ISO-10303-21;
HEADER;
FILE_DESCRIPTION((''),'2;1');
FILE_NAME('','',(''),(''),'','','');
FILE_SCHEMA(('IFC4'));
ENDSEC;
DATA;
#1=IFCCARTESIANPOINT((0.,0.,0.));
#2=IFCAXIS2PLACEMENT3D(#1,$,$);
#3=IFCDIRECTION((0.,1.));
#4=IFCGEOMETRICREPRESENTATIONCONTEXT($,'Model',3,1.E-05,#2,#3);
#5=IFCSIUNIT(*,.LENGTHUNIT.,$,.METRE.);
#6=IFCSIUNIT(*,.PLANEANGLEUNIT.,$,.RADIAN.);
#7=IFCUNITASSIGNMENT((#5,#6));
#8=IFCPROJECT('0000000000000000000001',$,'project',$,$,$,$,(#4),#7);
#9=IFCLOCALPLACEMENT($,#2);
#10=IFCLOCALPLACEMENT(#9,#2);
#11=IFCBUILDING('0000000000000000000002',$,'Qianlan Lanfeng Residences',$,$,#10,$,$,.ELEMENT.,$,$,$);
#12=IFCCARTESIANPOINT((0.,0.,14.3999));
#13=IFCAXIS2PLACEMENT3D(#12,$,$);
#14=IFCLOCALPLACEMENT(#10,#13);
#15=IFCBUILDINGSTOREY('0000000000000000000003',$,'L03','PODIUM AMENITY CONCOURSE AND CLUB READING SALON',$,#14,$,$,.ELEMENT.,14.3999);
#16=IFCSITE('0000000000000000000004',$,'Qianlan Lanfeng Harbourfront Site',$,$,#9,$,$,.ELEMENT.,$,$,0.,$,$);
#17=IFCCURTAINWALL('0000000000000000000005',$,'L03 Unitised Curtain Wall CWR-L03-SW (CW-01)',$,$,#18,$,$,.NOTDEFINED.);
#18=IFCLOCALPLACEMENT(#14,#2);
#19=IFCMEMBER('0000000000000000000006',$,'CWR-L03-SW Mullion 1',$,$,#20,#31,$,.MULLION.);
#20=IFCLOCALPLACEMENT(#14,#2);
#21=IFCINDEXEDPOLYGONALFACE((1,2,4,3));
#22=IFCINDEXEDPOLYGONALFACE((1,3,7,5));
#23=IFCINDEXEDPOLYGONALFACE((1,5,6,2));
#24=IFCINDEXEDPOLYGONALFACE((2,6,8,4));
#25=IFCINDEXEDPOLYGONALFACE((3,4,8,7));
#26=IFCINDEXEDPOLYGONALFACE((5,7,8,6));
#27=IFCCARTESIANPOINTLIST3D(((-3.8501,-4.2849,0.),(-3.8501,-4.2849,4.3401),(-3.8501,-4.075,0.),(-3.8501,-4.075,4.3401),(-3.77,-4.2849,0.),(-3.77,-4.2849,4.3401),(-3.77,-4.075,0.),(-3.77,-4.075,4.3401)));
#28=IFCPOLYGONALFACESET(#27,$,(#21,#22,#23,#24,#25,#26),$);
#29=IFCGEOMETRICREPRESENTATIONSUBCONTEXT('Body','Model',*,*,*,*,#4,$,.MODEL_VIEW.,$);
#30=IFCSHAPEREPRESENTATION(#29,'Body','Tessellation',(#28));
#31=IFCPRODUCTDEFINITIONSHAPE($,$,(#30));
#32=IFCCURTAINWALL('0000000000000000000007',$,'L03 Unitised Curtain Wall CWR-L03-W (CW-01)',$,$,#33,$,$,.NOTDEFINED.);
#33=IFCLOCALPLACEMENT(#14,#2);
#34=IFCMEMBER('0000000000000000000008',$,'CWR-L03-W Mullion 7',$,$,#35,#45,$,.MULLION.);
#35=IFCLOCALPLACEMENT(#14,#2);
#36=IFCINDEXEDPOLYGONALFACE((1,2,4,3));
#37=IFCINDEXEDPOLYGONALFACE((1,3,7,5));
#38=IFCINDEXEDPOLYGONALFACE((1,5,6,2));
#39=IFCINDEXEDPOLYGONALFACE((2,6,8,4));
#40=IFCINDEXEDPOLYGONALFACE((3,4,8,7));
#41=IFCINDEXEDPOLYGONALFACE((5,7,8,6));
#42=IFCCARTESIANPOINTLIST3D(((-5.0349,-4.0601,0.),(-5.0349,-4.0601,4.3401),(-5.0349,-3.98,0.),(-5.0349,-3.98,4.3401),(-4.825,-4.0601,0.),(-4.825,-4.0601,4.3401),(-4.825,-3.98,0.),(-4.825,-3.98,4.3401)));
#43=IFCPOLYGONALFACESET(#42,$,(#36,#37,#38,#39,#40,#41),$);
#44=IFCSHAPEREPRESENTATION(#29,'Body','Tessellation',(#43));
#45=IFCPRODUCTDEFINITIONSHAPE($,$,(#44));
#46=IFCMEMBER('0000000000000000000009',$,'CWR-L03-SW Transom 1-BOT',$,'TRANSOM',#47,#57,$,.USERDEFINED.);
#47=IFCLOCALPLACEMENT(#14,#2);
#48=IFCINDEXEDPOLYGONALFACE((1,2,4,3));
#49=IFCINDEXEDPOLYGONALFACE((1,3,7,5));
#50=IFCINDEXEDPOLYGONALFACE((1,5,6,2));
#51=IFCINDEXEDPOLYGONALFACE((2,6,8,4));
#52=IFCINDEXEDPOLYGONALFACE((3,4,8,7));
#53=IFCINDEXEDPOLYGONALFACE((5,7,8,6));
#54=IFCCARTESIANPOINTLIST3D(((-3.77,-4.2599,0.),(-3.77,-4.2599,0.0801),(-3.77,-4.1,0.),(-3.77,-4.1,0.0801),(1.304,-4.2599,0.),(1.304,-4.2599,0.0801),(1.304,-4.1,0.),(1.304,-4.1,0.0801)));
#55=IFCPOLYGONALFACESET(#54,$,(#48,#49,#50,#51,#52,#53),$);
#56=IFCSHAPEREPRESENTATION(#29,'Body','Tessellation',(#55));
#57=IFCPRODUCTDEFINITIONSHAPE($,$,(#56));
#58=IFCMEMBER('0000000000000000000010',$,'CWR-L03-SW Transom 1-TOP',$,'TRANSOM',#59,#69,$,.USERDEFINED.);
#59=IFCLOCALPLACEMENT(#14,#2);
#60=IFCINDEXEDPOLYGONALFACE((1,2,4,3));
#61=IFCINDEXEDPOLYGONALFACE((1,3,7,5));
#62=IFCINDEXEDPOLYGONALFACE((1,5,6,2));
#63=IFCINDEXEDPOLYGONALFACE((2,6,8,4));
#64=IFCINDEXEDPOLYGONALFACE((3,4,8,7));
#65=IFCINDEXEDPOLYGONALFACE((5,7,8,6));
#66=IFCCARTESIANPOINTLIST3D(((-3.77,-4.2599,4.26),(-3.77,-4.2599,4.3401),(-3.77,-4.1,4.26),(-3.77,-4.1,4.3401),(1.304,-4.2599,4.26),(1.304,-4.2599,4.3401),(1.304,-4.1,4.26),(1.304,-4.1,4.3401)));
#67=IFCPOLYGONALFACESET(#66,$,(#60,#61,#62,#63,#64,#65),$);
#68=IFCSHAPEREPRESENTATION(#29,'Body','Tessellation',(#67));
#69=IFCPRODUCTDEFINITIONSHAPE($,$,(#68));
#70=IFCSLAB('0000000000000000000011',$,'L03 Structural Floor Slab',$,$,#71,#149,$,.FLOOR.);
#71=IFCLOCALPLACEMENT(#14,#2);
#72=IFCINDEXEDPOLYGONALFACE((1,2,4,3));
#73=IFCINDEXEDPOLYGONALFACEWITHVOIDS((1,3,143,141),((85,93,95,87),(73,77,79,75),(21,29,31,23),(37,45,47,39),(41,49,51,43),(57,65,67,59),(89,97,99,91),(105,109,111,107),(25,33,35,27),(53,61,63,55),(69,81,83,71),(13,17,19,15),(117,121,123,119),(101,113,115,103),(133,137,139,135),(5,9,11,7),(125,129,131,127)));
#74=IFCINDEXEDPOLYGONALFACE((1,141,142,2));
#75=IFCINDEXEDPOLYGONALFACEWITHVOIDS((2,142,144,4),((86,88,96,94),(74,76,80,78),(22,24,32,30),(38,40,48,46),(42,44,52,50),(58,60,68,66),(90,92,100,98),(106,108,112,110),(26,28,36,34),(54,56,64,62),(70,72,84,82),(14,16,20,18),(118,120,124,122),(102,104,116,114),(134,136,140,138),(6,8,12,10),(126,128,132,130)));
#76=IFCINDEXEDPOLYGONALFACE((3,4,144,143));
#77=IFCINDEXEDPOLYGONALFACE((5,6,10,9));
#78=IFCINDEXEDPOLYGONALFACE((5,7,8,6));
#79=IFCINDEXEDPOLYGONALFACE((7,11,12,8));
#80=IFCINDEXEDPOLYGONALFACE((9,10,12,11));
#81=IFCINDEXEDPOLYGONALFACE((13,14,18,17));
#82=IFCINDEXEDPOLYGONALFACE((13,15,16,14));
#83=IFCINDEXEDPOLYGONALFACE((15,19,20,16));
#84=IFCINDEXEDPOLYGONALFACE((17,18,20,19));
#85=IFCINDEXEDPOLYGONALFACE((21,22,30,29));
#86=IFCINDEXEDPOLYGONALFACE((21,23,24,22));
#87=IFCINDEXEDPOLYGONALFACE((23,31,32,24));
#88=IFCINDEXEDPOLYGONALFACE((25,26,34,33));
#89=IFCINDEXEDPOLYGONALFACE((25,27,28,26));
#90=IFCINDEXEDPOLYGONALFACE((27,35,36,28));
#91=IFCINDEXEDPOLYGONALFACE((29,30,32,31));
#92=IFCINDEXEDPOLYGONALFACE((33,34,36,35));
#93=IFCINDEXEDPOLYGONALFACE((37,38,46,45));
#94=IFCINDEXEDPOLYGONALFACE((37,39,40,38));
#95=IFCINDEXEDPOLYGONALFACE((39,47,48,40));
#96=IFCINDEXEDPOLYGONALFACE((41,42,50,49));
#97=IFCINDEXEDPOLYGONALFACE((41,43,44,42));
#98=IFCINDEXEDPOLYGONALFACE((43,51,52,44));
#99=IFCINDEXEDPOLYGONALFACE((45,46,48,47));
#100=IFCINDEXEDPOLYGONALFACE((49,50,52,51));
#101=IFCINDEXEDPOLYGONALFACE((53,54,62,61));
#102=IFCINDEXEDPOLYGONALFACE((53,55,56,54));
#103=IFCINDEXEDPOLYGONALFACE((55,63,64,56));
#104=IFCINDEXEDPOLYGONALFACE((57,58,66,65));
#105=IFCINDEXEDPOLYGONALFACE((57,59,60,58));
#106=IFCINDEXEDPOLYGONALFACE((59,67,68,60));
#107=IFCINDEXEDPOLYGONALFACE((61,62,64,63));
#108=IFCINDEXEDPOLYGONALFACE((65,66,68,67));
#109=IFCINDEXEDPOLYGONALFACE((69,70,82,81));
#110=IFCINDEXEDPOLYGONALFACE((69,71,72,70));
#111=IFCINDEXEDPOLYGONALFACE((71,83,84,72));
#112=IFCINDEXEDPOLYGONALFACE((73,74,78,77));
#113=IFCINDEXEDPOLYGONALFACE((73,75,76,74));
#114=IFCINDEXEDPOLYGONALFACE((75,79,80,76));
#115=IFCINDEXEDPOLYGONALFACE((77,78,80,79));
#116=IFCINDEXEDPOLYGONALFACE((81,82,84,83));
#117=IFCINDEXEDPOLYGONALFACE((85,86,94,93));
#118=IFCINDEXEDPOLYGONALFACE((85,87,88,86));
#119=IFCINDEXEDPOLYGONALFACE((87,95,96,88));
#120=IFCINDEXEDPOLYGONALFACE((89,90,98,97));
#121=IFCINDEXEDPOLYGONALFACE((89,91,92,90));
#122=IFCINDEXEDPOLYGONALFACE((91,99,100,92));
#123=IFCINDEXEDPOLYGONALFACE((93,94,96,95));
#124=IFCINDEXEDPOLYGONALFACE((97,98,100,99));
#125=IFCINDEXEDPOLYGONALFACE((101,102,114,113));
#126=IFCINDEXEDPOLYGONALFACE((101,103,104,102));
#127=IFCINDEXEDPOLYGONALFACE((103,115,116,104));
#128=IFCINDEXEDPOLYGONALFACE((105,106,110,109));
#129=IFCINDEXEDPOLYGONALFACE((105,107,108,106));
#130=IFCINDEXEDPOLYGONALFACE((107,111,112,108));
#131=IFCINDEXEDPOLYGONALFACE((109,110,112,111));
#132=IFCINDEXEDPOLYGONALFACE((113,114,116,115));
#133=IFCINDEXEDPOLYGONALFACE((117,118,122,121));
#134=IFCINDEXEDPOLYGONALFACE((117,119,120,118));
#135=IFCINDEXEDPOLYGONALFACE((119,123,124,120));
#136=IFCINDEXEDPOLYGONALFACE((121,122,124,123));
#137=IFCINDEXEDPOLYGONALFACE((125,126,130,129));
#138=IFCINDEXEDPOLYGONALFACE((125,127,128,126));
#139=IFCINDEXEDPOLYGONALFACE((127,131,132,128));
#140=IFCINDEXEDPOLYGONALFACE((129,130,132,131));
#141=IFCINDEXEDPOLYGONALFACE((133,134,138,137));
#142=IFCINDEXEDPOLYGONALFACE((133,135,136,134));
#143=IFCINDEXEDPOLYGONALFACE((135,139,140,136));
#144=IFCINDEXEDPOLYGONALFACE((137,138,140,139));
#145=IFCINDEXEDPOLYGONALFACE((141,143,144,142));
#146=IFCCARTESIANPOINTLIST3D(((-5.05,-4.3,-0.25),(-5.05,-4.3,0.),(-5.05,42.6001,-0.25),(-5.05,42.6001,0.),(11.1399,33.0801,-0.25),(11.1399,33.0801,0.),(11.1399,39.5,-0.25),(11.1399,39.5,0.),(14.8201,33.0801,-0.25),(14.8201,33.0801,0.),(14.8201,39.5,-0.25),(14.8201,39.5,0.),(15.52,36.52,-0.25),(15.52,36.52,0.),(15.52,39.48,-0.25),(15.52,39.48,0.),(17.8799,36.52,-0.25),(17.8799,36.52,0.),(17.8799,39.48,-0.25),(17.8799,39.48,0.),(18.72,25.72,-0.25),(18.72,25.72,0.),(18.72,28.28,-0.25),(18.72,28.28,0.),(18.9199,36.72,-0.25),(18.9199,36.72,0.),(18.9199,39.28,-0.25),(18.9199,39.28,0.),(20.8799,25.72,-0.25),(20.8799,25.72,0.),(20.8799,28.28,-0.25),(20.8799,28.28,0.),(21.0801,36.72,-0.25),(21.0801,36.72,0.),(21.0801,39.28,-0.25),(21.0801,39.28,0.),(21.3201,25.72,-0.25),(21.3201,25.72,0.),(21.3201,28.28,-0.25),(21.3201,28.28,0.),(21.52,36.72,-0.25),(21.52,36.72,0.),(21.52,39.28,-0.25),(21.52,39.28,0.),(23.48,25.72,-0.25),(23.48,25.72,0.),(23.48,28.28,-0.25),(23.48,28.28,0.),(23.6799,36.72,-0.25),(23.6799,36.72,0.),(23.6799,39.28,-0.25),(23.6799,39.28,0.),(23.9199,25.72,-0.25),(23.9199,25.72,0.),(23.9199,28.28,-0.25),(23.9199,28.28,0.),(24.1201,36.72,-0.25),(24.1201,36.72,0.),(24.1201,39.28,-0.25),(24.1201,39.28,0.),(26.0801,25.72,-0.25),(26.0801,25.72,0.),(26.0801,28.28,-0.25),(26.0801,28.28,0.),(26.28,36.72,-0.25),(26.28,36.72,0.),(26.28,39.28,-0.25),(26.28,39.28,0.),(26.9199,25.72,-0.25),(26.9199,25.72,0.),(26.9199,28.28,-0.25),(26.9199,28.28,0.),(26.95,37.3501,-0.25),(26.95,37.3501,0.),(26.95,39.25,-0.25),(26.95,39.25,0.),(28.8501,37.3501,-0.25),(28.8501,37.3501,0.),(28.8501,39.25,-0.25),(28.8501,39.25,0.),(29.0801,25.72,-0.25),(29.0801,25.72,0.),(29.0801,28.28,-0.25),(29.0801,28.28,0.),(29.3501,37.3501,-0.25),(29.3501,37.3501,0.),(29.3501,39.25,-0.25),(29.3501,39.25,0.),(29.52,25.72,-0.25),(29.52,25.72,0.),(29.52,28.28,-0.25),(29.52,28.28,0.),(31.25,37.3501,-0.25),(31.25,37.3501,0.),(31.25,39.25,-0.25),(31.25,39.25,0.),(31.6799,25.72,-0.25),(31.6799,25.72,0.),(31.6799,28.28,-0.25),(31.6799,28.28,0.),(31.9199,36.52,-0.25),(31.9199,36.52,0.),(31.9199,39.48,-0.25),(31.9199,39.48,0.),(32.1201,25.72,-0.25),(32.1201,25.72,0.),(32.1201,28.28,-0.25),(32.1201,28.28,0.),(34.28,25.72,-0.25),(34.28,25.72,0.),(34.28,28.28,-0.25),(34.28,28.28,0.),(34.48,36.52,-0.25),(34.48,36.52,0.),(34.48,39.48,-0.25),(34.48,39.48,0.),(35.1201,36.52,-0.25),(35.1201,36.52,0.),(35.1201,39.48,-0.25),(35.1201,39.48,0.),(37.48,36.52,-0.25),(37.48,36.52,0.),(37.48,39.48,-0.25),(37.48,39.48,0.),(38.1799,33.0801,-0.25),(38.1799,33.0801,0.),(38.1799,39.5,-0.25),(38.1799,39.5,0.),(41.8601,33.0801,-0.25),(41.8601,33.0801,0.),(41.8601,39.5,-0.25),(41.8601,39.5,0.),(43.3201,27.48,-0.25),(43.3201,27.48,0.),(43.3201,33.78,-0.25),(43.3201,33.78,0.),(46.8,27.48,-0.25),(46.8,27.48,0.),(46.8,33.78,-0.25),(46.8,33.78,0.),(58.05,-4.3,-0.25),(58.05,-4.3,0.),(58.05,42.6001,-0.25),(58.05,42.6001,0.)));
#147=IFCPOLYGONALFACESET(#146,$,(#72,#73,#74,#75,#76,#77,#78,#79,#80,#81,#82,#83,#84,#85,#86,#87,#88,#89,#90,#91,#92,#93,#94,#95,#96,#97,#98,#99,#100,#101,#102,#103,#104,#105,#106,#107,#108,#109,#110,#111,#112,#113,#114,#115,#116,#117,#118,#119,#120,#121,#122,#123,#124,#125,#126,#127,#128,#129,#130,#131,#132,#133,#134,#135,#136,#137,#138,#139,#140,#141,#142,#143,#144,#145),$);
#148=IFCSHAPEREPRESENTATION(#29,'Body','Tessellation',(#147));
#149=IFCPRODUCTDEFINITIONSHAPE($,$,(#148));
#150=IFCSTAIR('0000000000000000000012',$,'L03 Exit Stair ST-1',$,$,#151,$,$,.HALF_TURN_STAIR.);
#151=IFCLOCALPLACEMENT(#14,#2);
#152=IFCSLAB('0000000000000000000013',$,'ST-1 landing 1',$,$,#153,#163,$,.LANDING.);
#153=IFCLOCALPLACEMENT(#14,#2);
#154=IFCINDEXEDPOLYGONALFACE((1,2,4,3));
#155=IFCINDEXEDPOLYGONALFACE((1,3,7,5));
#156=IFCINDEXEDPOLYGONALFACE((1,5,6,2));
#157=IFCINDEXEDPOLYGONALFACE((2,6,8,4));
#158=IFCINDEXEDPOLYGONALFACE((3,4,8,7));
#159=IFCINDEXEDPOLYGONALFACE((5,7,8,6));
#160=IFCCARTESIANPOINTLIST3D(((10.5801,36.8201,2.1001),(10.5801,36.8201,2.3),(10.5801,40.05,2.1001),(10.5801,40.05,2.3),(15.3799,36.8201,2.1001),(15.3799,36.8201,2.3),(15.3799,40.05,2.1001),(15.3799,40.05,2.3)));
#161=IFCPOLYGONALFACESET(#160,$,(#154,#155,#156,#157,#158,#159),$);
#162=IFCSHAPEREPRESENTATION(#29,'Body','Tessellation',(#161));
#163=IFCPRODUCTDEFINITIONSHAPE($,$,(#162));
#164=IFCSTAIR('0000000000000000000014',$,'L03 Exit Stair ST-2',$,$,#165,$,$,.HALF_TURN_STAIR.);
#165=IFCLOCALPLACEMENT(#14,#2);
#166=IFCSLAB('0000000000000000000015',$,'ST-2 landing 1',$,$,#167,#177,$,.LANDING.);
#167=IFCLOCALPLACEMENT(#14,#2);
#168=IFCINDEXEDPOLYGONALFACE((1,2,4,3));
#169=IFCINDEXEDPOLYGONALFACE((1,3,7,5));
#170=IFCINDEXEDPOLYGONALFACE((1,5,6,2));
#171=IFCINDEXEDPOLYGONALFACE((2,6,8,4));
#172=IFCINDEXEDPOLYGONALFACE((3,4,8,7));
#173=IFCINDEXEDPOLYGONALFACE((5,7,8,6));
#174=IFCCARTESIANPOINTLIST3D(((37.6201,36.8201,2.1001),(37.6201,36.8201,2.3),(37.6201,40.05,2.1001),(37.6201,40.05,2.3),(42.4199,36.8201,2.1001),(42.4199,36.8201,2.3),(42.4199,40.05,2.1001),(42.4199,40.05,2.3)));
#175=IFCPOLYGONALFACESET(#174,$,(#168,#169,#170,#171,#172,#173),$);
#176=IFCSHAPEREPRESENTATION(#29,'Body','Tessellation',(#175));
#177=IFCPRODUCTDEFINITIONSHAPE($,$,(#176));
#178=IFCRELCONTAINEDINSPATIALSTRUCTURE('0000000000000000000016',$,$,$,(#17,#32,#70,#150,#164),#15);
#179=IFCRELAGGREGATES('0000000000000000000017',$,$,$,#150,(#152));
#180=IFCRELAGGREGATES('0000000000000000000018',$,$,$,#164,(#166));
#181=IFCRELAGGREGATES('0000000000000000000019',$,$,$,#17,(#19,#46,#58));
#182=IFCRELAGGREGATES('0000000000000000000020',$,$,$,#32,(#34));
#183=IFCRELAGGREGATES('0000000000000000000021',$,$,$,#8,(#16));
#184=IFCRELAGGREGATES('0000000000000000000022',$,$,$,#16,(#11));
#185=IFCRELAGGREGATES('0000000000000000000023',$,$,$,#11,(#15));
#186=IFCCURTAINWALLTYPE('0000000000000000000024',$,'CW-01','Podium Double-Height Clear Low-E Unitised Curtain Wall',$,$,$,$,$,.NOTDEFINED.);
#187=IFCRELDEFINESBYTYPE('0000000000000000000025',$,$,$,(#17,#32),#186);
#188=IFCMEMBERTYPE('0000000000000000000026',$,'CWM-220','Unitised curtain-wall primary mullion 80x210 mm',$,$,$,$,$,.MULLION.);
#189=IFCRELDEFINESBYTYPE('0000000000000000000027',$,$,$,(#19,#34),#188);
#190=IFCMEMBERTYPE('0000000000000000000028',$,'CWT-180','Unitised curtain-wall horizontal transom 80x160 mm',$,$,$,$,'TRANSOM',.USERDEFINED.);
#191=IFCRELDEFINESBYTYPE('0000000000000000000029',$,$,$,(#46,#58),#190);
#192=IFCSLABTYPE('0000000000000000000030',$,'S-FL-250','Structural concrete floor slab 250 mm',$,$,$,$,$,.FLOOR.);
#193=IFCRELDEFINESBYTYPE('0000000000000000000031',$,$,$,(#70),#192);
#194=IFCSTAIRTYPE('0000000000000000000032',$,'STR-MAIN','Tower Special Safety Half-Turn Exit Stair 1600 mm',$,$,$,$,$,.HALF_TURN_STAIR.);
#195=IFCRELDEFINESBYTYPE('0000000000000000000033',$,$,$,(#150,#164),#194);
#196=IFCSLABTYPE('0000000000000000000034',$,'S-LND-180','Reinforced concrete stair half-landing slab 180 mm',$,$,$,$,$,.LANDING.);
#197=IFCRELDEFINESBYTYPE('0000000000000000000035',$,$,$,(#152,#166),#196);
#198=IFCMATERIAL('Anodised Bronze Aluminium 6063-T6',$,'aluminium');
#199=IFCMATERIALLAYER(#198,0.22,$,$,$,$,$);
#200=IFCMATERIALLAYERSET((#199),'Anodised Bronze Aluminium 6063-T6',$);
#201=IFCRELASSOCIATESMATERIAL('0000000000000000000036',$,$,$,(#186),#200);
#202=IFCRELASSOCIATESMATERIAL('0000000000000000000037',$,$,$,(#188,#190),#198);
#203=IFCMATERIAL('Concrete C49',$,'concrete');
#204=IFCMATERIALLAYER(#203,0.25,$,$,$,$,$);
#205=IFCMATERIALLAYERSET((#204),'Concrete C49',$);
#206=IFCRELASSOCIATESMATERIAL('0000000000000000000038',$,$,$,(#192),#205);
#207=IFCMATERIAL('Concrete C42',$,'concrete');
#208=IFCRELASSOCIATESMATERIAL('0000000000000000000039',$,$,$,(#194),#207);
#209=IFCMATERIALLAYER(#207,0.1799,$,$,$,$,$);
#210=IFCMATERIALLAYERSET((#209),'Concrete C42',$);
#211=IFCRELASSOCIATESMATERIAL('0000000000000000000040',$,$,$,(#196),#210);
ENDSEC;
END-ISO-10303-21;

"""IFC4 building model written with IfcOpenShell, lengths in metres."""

from ifc_helpers import new_model, si_unit, direction, frame, origin, origin_2d, place, context, subcontext, project, spatial, polyline, rectangle, outline, extrude, source, transform, mapped, material, layer, layer_set, material_profile, profile_set, type_object, element, aggregate, save


model = new_model("IFC4")

# Units and contexts
model_context = context("Model", 3, precision=1e-05, world=origin(), true_north=direction((0.0, 1.0)))
body_context = subcontext(model_context, "Body", "Model", "MODEL_VIEW")
ifc_project = project(units=[si_unit("LENGTHUNIT", "METRE"), si_unit("PLANEANGLEUNIT", "RADIAN")], contexts=[model_context])

# Site, building, storey
site_placement = place(None, origin())
site = spatial("IfcSite", under=ifc_project, at=site_placement, Name="Qianlan Lanfeng Harbourfront Site", CompositionType="ELEMENT", RefElevation=0.0)
building_placement = place(site_placement, origin())
building = spatial("IfcBuilding", under=site, at=building_placement, Name="Qianlan Lanfeng Residences", CompositionType="ELEMENT")
storey_placement = place(building_placement, frame((0.0, 0.0, 14.3999)))
storey = spatial("IfcBuildingStorey", under=building, at=storey_placement, Name="L03", Description="PODIUM AMENITY CONCOURSE AND CLUB READING SALON", CompositionType="ELEMENT", Elevation=14.3999)

# Curtain walls, members
ifc_material_1 = material(Name="Anodised Bronze Aluminium 6063-T6", Category="aluminium")
ifc_layer_1 = layer(ifc_material_1, 0.22)
ifc_layer_set_1 = layer_set([ifc_layer_1], Name="Anodised Bronze Aluminium 6063-T6")
curtain_wall_type = type_object("IfcCurtainWallType", Name="CW-01", Description="Podium Double-Height Clear Low-E Unitised Curtain Wall", PredefinedType="NOTDEFINED", material=ifc_layer_set_1)
curtain_wall_1_placement = place(storey_placement, origin())
curtain_wall_1 = element("IfcCurtainWall", 1, at=curtain_wall_1_placement, inside=storey, type_object=curtain_wall_type, Name="L03 Unitised Curtain Wall CWR-L03-SW (CW-01)", PredefinedType="NOTDEFINED")
ifc_material_profile_1 = material_profile(ifc_material_1, rectangle(XDim=0.0801, YDim=0.21, at=origin_2d()), Name="ALU MULLION 80x210")
ifc_profile_set_1 = profile_set([ifc_material_profile_1], Name="Anodised Bronze Aluminium 6063-T6")
member_type_1 = type_object("IfcMemberType", Name="CWM-220", Description="Unitised curtain-wall primary mullion 80x210 mm", PredefinedType="MULLION", material=ifc_profile_set_1)
shared_shape_1 = source(origin(), body_context, "Body", "SweptSolid", [
    extrude(rectangle(XDim=0.0801, YDim=0.21, at=origin_2d()), origin(), (0.0, 0.0, 1.0), 4.3401),
])
member_1_placement = place(storey_placement, frame((-3.8101, -4.1799, 0.0), z_axis=(0.0, 0.0, 1.0), x_axis=(1.0, 0.0, 0.0)))
member_1 = element("IfcMember", 2, at=member_1_placement, type_object=member_type_1, Name="CWR-L03-SW Mullion 1", PredefinedType="MULLION", context=body_context, shape_type="MappedRepresentation", body=[
    mapped(shared_shape_1, transform((0.0, 0.0, 0.0), scale=1.0)),
])
curtain_wall_2_placement = place(storey_placement, origin())
curtain_wall_2 = element("IfcCurtainWall", 3, at=curtain_wall_2_placement, inside=storey, type_object=curtain_wall_type, Name="L03 Unitised Curtain Wall CWR-L03-W (CW-01)", PredefinedType="NOTDEFINED")
member_2_placement = place(storey_placement, frame((-4.9299, -4.02, 0.0), z_axis=(0.0, 0.0, 1.0), x_axis=(0.0, -1.0, 0.0)))
member_2 = element("IfcMember", 4, at=member_2_placement, type_object=member_type_1, Name="CWR-L03-W Mullion 7", PredefinedType="MULLION", context=body_context, shape_type="MappedRepresentation", body=[
    mapped(shared_shape_1, transform((0.0, 0.0, 0.0), scale=1.0)),
])

# Members
ifc_material_profile_2 = material_profile(ifc_material_1, rectangle(XDim=0.0801, YDim=0.1599, at=origin_2d()), Name="ALU TRANSOM 80x160")
ifc_profile_set_2 = profile_set([ifc_material_profile_2], Name="Anodised Bronze Aluminium 6063-T6")
member_type_2 = type_object("IfcMemberType", Name="CWT-180", Description="Unitised curtain-wall horizontal transom 80x160 mm", ElementType="TRANSOM", PredefinedType="USERDEFINED", material=ifc_profile_set_2)
shared_shape_2 = source(origin(), body_context, "Body", "SweptSolid", [
    extrude(rectangle(XDim=0.0801, YDim=0.1599, at=origin_2d()), origin(), (0.0, 0.0, 1.0), 5.074),
])
member_3_placement = place(storey_placement, frame((-3.77, -4.1799, 0.04), z_axis=(1.0, 0.0, 0.0), x_axis=(0.0, 0.0, 1.0)))
member_3 = element("IfcMember", 5, at=member_3_placement, type_object=member_type_2, Name="CWR-L03-SW Transom 1-BOT", ObjectType="TRANSOM", PredefinedType="USERDEFINED", context=body_context, shape_type="MappedRepresentation", body=[
    mapped(shared_shape_2, transform((0.0, 0.0, 0.0), scale=1.0)),
])
member_4_placement = place(storey_placement, frame((-3.77, -4.1799, 4.3), z_axis=(1.0, 0.0, 0.0), x_axis=(0.0, 0.0, 1.0)))
member_4 = element("IfcMember", 6, at=member_4_placement, type_object=member_type_2, Name="CWR-L03-SW Transom 1-TOP", ObjectType="TRANSOM", PredefinedType="USERDEFINED", context=body_context, shape_type="MappedRepresentation", body=[
    mapped(shared_shape_2, transform((0.0, 0.0, 0.0), scale=1.0)),
])

# Slab
ifc_material_2 = material(Name="Concrete C49", Category="concrete")
ifc_layer_2 = layer(ifc_material_2, 0.25)
ifc_layer_set_2 = layer_set([ifc_layer_2], Name="Concrete C49")
slab_type_1 = type_object("IfcSlabType", Name="S-FL-250", Description="Structural concrete floor slab 250 mm", PredefinedType="FLOOR", material=ifc_layer_set_2)
slab_1_placement = place(storey_placement, frame((0.0, 0.0, -0.25)))
element("IfcSlab", 7, at=slab_1_placement, inside=storey, type_object=slab_type_1, Name="L03 Structural Floor Slab", PredefinedType="FLOOR", context=body_context, shape_type="SweptSolid", body=[
    extrude(outline(polyline([(-5.05, -4.3), (58.05, -4.3), (58.05, 42.6001), (-5.05, 42.6001), (-5.05, -4.3)]), holes=[polyline([(11.1399, 33.0801), (11.1399, 39.5), (14.8201, 39.5), (14.8201, 33.0801), (11.1399, 33.0801)]), polyline([(38.1799, 33.0801), (38.1799, 39.5), (41.8601, 39.5), (41.8601, 33.0801), (38.1799, 33.0801)]), polyline([(43.3201, 27.48), (43.3201, 33.78), (46.8, 33.78), (46.8, 27.48), (43.3201, 27.48)]), polyline([(15.52, 36.52), (15.52, 39.48), (17.8799, 39.48), (17.8799, 36.52), (15.52, 36.52)]), polyline([(35.1201, 36.52), (35.1201, 39.48), (37.48, 39.48), (37.48, 36.52), (35.1201, 36.52)]), polyline([(31.9199, 36.52), (31.9199, 39.48), (34.48, 39.48), (34.48, 36.52), (31.9199, 36.52)]), polyline([(18.72, 25.72), (18.72, 28.28), (20.8799, 28.28), (20.8799, 25.72), (18.72, 25.72)]), polyline([(21.3201, 25.72), (21.3201, 28.28), (23.48, 28.28), (23.48, 25.72), (21.3201, 25.72)]), polyline([(23.9199, 25.72), (23.9199, 28.28), (26.0801, 28.28), (26.0801, 25.72), (23.9199, 25.72)]), polyline([(26.9199, 25.72), (26.9199, 28.28), (29.0801, 28.28), (29.0801, 25.72), (26.9199, 25.72)]), polyline([(29.52, 25.72), (29.52, 28.28), (31.6799, 28.28), (31.6799, 25.72), (29.52, 25.72)]), polyline([(32.1201, 25.72), (32.1201, 28.28), (34.28, 28.28), (34.28, 25.72), (32.1201, 25.72)]), polyline([(18.9199, 36.72), (18.9199, 39.28), (21.0801, 39.28), (21.0801, 36.72), (18.9199, 36.72)]), polyline([(21.52, 36.72), (21.52, 39.28), (23.6799, 39.28), (23.6799, 36.72), (21.52, 36.72)]), polyline([(24.1201, 36.72), (24.1201, 39.28), (26.28, 39.28), (26.28, 36.72), (24.1201, 36.72)]), polyline([(26.95, 37.3501), (26.95, 39.25), (28.8501, 39.25), (28.8501, 37.3501), (26.95, 37.3501)]), polyline([(29.3501, 37.3501), (29.3501, 39.25), (31.25, 39.25), (31.25, 37.3501), (29.3501, 37.3501)])]), origin(), (0.0, 0.0, 1.0), 0.25),
])

# Stairs, slabs
ifc_material_3 = material(Name="Concrete C42", Category="concrete")
stair_type_1 = type_object("IfcStairType", Name="STR-MAIN", Description="Tower Special Safety Half-Turn Exit Stair 1600 mm", PredefinedType="HALF_TURN_STAIR", material=ifc_material_3)
stair_1_placement = place(storey_placement, origin())
stair_1 = element("IfcStair", 8, at=stair_1_placement, inside=storey, type_object=stair_type_1, Name="L03 Exit Stair ST-1", PredefinedType="HALF_TURN_STAIR")
ifc_layer_3 = layer(ifc_material_3, 0.1799)
ifc_layer_set_3 = layer_set([ifc_layer_3], Name="Concrete C42")
slab_type_2 = type_object("IfcSlabType", Name="S-LND-180", Description="Reinforced concrete stair half-landing slab 180 mm", PredefinedType="LANDING", material=ifc_layer_set_3)
slab_2_placement = place(storey_placement, frame((0.0, 0.0, 2.1001)))
slab_2 = element("IfcSlab", 9, at=slab_2_placement, type_object=slab_type_2, Name="ST-1 landing 1", PredefinedType="LANDING", context=body_context, shape_type="SweptSolid", body=[
    extrude(outline(polyline([(10.5801, 36.8201), (15.3799, 36.8201), (15.3799, 40.05), (10.5801, 40.05), (10.5801, 36.8201)])), origin(), (0.0, 0.0, 1.0), 0.2),
])
aggregate(stair_1, [slab_2])
stair_2_placement = place(storey_placement, origin())
stair_2 = element("IfcStair", 10, at=stair_2_placement, inside=storey, type_object=stair_type_1, Name="L03 Exit Stair ST-2", PredefinedType="HALF_TURN_STAIR")
slab_3_placement = place(storey_placement, frame((0.0, 0.0, 2.1001)))
slab_3 = element("IfcSlab", 11, at=slab_3_placement, type_object=slab_type_2, Name="ST-2 landing 1", PredefinedType="LANDING", context=body_context, shape_type="SweptSolid", body=[
    extrude(outline(polyline([(37.6201, 36.8201), (42.4199, 36.8201), (42.4199, 40.05), (37.6201, 40.05), (37.6201, 36.8201)])), origin(), (0.0, 0.0, 1.0), 0.2),
])
aggregate(stair_2, [slab_3])

aggregate(curtain_wall_1, [member_1, member_3, member_4])
aggregate(curtain_wall_2, [member_2])

save(model, "model.ifc")
